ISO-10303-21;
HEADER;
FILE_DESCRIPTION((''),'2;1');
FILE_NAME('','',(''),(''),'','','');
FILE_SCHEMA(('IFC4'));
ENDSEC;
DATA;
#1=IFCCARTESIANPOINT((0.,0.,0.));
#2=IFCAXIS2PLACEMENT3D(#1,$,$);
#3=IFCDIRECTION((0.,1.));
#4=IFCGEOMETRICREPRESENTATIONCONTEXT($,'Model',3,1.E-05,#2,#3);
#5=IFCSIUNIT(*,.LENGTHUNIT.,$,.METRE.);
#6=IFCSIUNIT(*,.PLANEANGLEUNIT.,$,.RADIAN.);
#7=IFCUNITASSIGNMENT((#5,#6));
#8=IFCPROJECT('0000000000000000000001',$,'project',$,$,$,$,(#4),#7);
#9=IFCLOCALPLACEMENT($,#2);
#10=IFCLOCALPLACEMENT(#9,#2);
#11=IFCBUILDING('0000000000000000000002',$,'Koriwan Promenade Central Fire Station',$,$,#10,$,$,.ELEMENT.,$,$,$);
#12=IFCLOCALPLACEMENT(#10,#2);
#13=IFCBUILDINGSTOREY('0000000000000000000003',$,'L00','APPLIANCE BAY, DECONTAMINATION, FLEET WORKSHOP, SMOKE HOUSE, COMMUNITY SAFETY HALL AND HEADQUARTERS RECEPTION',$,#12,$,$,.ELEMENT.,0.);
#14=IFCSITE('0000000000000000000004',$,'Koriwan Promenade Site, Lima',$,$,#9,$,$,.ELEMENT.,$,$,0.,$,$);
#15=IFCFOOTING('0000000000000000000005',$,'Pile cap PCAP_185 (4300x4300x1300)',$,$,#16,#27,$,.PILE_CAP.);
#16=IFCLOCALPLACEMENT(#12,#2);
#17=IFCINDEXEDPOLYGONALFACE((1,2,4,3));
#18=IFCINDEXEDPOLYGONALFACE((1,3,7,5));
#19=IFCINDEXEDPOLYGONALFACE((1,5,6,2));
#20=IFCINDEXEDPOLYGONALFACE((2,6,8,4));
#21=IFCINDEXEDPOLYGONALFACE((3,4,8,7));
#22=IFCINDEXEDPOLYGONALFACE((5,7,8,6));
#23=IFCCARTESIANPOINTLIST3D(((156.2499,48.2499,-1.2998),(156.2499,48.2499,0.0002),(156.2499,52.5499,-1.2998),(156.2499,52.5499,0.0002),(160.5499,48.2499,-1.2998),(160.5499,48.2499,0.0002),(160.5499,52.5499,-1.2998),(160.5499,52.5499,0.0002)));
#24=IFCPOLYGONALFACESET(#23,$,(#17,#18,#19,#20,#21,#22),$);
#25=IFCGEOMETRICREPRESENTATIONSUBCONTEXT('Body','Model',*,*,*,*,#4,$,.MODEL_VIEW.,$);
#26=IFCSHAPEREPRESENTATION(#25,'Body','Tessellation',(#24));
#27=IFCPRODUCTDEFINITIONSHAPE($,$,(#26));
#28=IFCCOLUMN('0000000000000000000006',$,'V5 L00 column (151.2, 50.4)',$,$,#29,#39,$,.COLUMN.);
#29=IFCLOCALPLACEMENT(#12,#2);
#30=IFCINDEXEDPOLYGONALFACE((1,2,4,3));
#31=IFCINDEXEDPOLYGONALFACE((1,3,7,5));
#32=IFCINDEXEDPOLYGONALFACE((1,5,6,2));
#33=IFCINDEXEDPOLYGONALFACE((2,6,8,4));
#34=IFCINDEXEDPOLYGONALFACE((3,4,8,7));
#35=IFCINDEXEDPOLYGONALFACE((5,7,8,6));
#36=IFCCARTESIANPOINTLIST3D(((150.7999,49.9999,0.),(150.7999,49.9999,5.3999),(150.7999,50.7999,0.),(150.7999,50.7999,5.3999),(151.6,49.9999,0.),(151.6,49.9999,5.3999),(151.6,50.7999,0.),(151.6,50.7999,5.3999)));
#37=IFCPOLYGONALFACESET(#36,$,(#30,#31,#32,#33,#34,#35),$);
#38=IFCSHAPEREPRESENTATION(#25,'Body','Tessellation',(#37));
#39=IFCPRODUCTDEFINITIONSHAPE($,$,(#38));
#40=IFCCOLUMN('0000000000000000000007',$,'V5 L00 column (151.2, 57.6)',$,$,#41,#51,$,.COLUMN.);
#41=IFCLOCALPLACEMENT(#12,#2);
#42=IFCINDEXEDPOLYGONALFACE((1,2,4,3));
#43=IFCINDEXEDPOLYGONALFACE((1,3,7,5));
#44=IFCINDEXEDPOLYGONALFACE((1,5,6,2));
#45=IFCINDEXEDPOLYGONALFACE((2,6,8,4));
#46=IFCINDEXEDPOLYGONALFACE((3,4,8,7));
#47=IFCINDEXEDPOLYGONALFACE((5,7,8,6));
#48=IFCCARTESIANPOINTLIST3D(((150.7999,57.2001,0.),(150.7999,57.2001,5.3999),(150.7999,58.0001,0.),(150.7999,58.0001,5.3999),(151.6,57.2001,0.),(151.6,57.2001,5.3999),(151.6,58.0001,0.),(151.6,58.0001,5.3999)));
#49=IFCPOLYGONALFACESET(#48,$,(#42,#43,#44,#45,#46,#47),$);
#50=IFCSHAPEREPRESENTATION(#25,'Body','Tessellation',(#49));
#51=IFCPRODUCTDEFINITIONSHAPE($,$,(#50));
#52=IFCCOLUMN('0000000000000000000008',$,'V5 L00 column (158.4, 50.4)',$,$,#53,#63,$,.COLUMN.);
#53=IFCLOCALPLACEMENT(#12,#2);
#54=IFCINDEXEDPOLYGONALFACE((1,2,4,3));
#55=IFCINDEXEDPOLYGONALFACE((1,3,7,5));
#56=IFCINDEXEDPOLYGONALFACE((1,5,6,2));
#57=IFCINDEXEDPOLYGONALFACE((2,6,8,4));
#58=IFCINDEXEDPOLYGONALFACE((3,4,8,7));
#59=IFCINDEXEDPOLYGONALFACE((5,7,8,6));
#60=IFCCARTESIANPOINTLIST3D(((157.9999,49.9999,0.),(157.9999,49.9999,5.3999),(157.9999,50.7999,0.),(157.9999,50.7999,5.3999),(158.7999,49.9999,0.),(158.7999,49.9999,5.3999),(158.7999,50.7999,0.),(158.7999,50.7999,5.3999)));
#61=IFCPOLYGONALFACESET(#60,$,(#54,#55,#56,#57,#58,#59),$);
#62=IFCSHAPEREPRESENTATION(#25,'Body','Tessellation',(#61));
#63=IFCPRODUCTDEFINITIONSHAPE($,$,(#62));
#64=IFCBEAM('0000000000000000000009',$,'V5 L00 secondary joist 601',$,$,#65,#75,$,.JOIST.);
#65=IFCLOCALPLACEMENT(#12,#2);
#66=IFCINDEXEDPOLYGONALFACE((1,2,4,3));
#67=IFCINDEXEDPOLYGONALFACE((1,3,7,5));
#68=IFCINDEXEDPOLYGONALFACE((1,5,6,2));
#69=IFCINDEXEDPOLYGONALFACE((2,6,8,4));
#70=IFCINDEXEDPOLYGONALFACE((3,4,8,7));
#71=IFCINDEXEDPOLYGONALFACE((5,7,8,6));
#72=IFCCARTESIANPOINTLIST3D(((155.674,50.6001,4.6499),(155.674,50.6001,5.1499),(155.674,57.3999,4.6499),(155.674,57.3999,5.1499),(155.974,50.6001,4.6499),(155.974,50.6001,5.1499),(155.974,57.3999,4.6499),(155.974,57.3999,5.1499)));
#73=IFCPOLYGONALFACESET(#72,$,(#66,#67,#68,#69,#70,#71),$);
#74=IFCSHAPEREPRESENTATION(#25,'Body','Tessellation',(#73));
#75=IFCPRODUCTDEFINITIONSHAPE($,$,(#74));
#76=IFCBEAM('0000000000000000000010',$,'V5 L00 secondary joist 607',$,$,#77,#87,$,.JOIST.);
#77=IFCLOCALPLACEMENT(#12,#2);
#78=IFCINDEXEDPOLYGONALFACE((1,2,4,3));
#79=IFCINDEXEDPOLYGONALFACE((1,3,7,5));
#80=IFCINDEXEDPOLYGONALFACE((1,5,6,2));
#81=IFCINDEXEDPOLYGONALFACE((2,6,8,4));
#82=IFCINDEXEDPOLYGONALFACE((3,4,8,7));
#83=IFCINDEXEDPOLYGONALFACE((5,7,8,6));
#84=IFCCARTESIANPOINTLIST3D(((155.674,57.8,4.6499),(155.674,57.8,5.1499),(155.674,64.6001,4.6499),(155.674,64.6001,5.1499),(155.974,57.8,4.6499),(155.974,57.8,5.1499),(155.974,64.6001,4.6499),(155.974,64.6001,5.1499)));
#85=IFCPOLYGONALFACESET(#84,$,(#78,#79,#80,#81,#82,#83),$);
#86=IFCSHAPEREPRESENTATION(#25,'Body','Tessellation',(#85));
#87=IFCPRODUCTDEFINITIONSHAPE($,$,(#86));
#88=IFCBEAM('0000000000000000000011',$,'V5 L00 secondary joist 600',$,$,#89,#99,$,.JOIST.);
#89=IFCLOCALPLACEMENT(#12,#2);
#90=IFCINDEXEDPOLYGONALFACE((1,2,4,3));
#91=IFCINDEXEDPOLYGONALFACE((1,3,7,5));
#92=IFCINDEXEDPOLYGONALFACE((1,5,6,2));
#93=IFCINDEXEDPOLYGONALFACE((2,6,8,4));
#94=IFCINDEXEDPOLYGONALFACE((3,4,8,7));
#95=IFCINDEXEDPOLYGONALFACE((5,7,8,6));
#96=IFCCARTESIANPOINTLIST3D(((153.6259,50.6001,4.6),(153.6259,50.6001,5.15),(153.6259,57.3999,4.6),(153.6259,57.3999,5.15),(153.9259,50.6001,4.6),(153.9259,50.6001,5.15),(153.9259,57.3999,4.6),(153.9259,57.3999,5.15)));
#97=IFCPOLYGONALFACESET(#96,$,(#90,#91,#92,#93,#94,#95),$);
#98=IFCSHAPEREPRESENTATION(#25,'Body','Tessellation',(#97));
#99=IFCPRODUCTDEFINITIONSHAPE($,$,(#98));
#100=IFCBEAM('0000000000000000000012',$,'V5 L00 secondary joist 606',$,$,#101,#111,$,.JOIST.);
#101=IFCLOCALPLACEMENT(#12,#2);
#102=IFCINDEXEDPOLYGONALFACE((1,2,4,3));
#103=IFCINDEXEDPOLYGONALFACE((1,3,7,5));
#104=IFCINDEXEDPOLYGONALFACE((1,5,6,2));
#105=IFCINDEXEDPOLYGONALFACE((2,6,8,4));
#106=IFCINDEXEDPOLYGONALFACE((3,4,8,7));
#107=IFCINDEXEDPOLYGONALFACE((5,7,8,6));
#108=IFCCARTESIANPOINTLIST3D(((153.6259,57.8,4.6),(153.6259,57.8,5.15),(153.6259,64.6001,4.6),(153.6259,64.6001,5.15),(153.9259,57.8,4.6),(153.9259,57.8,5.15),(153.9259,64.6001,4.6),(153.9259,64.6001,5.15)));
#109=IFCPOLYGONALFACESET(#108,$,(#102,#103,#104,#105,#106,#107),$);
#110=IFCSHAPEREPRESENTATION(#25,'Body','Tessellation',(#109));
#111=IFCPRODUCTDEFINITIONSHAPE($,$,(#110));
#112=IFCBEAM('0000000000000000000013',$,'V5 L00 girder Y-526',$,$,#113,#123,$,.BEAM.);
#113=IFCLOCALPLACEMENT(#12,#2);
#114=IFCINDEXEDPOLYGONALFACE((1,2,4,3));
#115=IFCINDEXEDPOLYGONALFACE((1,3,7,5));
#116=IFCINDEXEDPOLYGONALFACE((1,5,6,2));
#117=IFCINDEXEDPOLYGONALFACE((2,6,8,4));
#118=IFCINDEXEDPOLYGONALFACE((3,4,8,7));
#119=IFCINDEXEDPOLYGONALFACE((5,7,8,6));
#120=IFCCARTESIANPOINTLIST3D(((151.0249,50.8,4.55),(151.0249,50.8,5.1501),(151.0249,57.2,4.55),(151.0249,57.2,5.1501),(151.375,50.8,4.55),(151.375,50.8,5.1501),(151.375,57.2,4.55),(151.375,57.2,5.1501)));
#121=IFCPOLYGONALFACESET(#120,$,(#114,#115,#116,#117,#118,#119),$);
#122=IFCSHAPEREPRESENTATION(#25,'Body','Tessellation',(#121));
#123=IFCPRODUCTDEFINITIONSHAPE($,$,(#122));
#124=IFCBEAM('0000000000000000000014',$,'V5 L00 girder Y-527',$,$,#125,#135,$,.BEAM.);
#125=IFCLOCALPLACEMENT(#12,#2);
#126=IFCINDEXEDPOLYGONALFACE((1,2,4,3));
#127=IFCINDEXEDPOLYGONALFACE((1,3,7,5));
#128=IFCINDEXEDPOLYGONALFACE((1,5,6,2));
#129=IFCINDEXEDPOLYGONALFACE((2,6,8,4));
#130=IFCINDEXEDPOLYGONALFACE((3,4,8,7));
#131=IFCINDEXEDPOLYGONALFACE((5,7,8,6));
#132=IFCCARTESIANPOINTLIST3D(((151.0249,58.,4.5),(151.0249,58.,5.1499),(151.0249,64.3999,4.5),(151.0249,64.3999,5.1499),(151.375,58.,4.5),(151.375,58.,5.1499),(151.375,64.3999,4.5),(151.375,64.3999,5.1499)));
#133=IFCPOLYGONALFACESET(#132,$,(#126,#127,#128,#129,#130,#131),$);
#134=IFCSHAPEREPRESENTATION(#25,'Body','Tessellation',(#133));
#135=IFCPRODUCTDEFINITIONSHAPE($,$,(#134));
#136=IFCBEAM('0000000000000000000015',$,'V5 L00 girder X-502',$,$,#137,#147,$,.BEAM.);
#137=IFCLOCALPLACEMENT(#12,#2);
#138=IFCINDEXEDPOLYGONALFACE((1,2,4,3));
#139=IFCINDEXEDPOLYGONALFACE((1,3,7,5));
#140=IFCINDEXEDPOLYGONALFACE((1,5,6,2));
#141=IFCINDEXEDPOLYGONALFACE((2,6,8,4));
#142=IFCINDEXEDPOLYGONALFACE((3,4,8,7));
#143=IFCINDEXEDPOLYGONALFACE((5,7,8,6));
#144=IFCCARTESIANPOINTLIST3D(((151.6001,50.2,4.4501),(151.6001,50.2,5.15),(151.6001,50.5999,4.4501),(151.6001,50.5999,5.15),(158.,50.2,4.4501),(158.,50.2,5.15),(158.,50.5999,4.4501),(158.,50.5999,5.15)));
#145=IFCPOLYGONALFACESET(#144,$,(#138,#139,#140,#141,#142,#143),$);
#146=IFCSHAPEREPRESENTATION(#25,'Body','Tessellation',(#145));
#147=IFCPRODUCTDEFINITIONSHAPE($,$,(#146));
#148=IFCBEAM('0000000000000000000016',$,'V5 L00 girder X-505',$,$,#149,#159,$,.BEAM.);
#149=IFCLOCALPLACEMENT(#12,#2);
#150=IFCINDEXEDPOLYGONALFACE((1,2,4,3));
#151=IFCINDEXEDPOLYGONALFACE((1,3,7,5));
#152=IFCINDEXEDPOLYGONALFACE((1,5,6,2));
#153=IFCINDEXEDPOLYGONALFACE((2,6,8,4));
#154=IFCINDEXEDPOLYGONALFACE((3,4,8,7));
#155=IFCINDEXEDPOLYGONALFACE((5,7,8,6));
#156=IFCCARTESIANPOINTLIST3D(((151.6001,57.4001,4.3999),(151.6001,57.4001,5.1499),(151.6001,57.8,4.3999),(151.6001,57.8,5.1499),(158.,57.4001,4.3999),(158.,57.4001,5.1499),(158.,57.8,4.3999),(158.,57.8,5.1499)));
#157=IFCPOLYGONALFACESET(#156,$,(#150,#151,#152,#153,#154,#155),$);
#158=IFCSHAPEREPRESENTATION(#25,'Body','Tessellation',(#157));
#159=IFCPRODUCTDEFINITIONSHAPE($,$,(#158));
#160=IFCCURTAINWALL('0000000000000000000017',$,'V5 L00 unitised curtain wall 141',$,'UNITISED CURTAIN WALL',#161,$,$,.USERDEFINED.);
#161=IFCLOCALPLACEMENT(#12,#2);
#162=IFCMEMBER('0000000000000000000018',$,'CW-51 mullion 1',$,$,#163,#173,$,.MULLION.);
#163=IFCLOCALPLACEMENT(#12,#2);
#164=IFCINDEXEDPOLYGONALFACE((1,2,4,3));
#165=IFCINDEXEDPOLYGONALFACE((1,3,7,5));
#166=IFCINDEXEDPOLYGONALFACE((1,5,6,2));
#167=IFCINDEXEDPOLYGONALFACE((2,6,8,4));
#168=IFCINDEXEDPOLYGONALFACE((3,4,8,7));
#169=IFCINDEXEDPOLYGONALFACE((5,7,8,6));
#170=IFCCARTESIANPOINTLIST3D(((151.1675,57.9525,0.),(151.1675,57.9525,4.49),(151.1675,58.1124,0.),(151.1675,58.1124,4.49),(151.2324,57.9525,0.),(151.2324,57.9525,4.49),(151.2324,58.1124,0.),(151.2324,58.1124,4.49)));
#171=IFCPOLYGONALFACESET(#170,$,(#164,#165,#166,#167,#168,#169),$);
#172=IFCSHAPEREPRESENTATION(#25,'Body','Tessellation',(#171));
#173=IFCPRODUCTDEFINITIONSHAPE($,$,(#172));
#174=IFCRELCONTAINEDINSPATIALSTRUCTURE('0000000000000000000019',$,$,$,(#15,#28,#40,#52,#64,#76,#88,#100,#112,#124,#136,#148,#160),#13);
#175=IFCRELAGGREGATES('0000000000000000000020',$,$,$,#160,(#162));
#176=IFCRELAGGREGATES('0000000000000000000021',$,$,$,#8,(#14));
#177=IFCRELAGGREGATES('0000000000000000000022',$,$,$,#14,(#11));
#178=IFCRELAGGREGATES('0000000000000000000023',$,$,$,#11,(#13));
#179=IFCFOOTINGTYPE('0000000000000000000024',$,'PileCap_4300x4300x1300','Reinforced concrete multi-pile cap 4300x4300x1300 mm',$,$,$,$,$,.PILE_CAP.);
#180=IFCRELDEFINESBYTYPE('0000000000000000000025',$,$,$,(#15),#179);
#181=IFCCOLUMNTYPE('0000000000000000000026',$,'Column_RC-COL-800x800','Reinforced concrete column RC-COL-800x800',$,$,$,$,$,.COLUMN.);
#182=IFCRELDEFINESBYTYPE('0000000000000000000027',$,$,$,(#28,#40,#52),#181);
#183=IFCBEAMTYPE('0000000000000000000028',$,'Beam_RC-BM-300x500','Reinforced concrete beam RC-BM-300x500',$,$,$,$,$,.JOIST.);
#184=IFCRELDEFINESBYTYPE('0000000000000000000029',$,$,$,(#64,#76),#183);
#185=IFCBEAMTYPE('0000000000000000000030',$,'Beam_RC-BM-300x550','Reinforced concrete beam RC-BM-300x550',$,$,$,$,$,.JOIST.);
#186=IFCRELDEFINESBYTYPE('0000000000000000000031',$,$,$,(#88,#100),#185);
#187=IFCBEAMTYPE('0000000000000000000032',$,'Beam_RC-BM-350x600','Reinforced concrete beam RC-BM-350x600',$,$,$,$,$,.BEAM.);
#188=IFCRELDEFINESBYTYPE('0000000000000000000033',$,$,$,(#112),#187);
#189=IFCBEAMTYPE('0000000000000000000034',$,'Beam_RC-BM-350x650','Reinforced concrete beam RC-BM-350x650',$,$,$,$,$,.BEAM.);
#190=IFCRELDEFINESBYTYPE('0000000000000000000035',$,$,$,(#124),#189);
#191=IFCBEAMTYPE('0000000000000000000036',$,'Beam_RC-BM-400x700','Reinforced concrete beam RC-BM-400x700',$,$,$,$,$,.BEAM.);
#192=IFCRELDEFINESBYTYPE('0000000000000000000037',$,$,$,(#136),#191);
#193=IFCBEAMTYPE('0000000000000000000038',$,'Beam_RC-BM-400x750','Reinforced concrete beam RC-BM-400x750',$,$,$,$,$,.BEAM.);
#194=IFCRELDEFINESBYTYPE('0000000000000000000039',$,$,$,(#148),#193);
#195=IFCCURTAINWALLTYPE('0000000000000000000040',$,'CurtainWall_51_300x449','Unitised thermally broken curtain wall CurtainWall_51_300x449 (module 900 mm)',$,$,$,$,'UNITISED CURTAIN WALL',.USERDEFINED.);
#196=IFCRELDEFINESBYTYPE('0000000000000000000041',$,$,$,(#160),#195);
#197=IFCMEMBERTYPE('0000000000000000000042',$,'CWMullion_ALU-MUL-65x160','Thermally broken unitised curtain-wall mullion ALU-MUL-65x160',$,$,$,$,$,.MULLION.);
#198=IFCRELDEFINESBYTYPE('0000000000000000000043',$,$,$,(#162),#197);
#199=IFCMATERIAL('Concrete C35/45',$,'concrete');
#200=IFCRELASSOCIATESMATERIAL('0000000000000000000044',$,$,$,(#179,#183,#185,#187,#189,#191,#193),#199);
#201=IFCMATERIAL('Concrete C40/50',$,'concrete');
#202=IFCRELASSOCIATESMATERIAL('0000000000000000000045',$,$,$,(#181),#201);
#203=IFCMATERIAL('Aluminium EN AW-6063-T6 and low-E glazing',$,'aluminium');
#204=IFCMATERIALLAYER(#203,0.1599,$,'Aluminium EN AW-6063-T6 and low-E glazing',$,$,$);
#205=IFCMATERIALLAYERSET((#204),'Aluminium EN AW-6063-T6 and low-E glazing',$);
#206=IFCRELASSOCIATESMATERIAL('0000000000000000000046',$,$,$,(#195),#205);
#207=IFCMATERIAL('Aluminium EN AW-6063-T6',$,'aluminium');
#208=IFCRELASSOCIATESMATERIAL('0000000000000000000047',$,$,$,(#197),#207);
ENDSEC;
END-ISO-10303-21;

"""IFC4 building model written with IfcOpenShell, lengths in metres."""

from ifc_helpers import new_model, si_unit, direction, frame, origin, origin_2d, place, context, subcontext, project, spatial, rectangle, extrude, material, layer, layer_set, material_profile, profile_set, type_object, element, aggregate, save


model = new_model("IFC4")

# Units and contexts
model_context = context("Model", 3, precision=1e-05, world=origin(), true_north=direction((0.0, 1.0)))
body_context = subcontext(model_context, "Body", "Model", "MODEL_VIEW")
ifc_project = project(units=[si_unit("LENGTHUNIT", "METRE"), si_unit("PLANEANGLEUNIT", "RADIAN")], contexts=[model_context])

# Site, building, storey
site_placement = place(None, origin())
site = spatial("IfcSite", under=ifc_project, at=site_placement, Name="Koriwan Promenade Site, Lima", CompositionType="ELEMENT", RefElevation=0.0)
building_placement = place(site_placement, origin())
building = spatial("IfcBuilding", under=site, at=building_placement, Name="Koriwan Promenade Central Fire Station", CompositionType="ELEMENT")
storey_placement = place(building_placement, origin())
storey = spatial("IfcBuildingStorey", under=building, at=storey_placement, Name="L00", Description="APPLIANCE BAY, DECONTAMINATION, FLEET WORKSHOP, SMOKE HOUSE, COMMUNITY SAFETY HALL AND HEADQUARTERS RECEPTION", CompositionType="ELEMENT", Elevation=0.0)

# Shared definitions
ifc_material_1 = material(Name="Concrete C35/45", Category="concrete")

# Footing
footing_type_1 = type_object("IfcFootingType", Name="PileCap_4300x4300x1300", Description="Reinforced concrete multi-pile cap 4300x4300x1300 mm", PredefinedType="PILE_CAP", material=ifc_material_1)
footing_1_placement = place(storey_placement, frame((158.3999, 50.3999, -1.2998), z_axis=(0.0, 0.0, 1.0), x_axis=(1.0, 0.0, 0.0)))
element("IfcFooting", 1, at=footing_1_placement, inside=storey, type_object=footing_type_1, Name="Pile cap PCAP_185 (4300x4300x1300)", PredefinedType="PILE_CAP", context=body_context, shape_type="SweptSolid", body=[
    extrude(rectangle(XDim=4.3, YDim=4.3, at=origin_2d()), origin(), (0.0, 0.0, 1.0), 1.3),
])

# Columns
ifc_material_2 = material(Name="Concrete C40/50", Category="concrete")
ifc_material_profile_1 = material_profile(ifc_material_2, rectangle(XDim=0.8, YDim=0.8, at=origin_2d()), Name="RC-COL-800x800")
ifc_profile_set_1 = profile_set([ifc_material_profile_1], Name="Concrete C40/50")
column_type = type_object("IfcColumnType", Name="Column_RC-COL-800x800", Description="Reinforced concrete column RC-COL-800x800", PredefinedType="COLUMN", material=ifc_profile_set_1)
for number, where, z_axis, x_axis, name in (
    (2, (151.2, 50.3999, 0.0), (0.0, 0.0, 1.0), (1.0, 0.0, 0.0), "V5 L00 column (151.2, 50.4)"),
    (3, (151.2, 57.6001, 0.0), (0.0, 0.0, 1.0), (1.0, 0.0, 0.0), "V5 L00 column (151.2, 57.6)"),
    (4, (158.3999, 50.3999, 0.0), (0.0, 0.0, 1.0), (1.0, 0.0, 0.0), "V5 L00 column (158.4, 50.4)"),
):
    element("IfcColumn", number, at=place(storey_placement, frame(where, z_axis=z_axis, x_axis=x_axis)), inside=storey, type_object=column_type, Name=name, PredefinedType="COLUMN", context=body_context, shape_type="SweptSolid", body=[
        extrude(rectangle(XDim=0.8, YDim=0.8, at=origin_2d()), origin(), (0.0, 0.0, 1.0), 5.3999),
    ])

# Beams
ifc_material_profile_2 = material_profile(ifc_material_1, rectangle(XDim=0.3, YDim=0.5, at=origin_2d()), Name="RC-BM-300x500")
ifc_profile_set_2 = profile_set([ifc_material_profile_2], Name="Concrete C35/45")
beam_type_1 = type_object("IfcBeamType", Name="Beam_RC-BM-300x500", Description="Reinforced concrete beam RC-BM-300x500", PredefinedType="JOIST", material=ifc_profile_set_2)
beam_1_placement = place(storey_placement, frame((155.824, 50.6001, 4.8999), z_axis=(0.0, 1.0, 0.0), x_axis=(-1.0, 0.0, 0.0)))
element("IfcBeam", 5, at=beam_1_placement, inside=storey, type_object=beam_type_1, Name="V5 L00 secondary joist 601", PredefinedType="JOIST", context=body_context, shape_type="SweptSolid", body=[
    extrude(rectangle(XDim=0.3, YDim=0.5, at=origin_2d()), origin(), (0.0, 0.0, 1.0), 6.7998),
])
beam_2_placement = place(storey_placement, frame((155.824, 57.8, 4.8999), z_axis=(0.0, 1.0, 0.0), x_axis=(-1.0, 0.0, 0.0)))
element("IfcBeam", 6, at=beam_2_placement, inside=storey, type_object=beam_type_1, Name="V5 L00 secondary joist 607", PredefinedType="JOIST", context=body_context, shape_type="SweptSolid", body=[
    extrude(rectangle(XDim=0.3, YDim=0.5, at=origin_2d()), origin(), (0.0, 0.0, 1.0), 6.8),
])
ifc_material_profile_3 = material_profile(ifc_material_1, rectangle(XDim=0.3, YDim=0.55, at=origin_2d()), Name="RC-BM-300x550")
ifc_profile_set_3 = profile_set([ifc_material_profile_3], Name="Concrete C35/45")
beam_type_2 = type_object("IfcBeamType", Name="Beam_RC-BM-300x550", Description="Reinforced concrete beam RC-BM-300x550", PredefinedType="JOIST", material=ifc_profile_set_3)
beam_3_placement = place(storey_placement, frame((153.7759, 50.6001, 4.875), z_axis=(0.0, 1.0, 0.0), x_axis=(-1.0, 0.0, 0.0)))
element("IfcBeam", 7, at=beam_3_placement, inside=storey, type_object=beam_type_2, Name="V5 L00 secondary joist 600", PredefinedType="JOIST", context=body_context, shape_type="SweptSolid", body=[
    extrude(rectangle(XDim=0.3, YDim=0.55, at=origin_2d()), origin(), (0.0, 0.0, 1.0), 6.7998),
])
beam_4_placement = place(storey_placement, frame((153.7759, 57.8, 4.875), z_axis=(0.0, 1.0, 0.0), x_axis=(-1.0, 0.0, 0.0)))
element("IfcBeam", 8, at=beam_4_placement, inside=storey, type_object=beam_type_2, Name="V5 L00 secondary joist 606", PredefinedType="JOIST", context=body_context, shape_type="SweptSolid", body=[
    extrude(rectangle(XDim=0.3, YDim=0.55, at=origin_2d()), origin(), (0.0, 0.0, 1.0), 6.8),
])
ifc_material_profile_4 = material_profile(ifc_material_1, rectangle(XDim=0.3501, YDim=0.6001, at=origin_2d()), Name="RC-BM-350x600")
ifc_profile_set_4 = profile_set([ifc_material_profile_4], Name="Concrete C35/45")
beam_type_3 = type_object("IfcBeamType", Name="Beam_RC-BM-350x600", Description="Reinforced concrete beam RC-BM-350x600", PredefinedType="BEAM", material=ifc_profile_set_4)
beam_5_placement = place(storey_placement, frame((151.2, 50.8, 4.8501), z_axis=(0.0, 1.0, 0.0), x_axis=(-1.0, 0.0, 0.0)))
element("IfcBeam", 9, at=beam_5_placement, inside=storey, type_object=beam_type_3, Name="V5 L00 girder Y-526", PredefinedType="BEAM", context=body_context, shape_type="SweptSolid", body=[
    extrude(rectangle(XDim=0.3501, YDim=0.6001, at=origin_2d()), origin(), (0.0, 0.0, 1.0), 6.3999),
])
ifc_material_profile_5 = material_profile(ifc_material_1, rectangle(XDim=0.3501, YDim=0.6499, at=origin_2d()), Name="RC-BM-350x650")
ifc_profile_set_5 = profile_set([ifc_material_profile_5], Name="Concrete C35/45")
beam_type_4 = type_object("IfcBeamType", Name="Beam_RC-BM-350x650", Description="Reinforced concrete beam RC-BM-350x650", PredefinedType="BEAM", material=ifc_profile_set_5)
beam_6_placement = place(storey_placement, frame((151.2, 58.0, 4.825), z_axis=(0.0, 1.0, 0.0), x_axis=(-1.0, 0.0, 0.0)))
element("IfcBeam", 10, at=beam_6_placement, inside=storey, type_object=beam_type_4, Name="V5 L00 girder Y-527", PredefinedType="BEAM", context=body_context, shape_type="SweptSolid", body=[
    extrude(rectangle(XDim=0.3501, YDim=0.6499, at=origin_2d()), origin(), (0.0, 0.0, 1.0), 6.3999),
])
ifc_material_profile_6 = material_profile(ifc_material_1, rectangle(XDim=0.3999, YDim=0.7, at=origin_2d()), Name="RC-BM-400x700")
ifc_profile_set_6 = profile_set([ifc_material_profile_6], Name="Concrete C35/45")
beam_type_5 = type_object("IfcBeamType", Name="Beam_RC-BM-400x700", Description="Reinforced concrete beam RC-BM-400x700", PredefinedType="BEAM", material=ifc_profile_set_6)
beam_7_placement = place(storey_placement, frame((151.6001, 50.3999, 4.8), z_axis=(1.0, 0.0, 0.0), x_axis=(0.0, 1.0, 0.0)))
element("IfcBeam", 11, at=beam_7_placement, inside=storey, type_object=beam_type_5, Name="V5 L00 girder X-502", PredefinedType="BEAM", context=body_context, shape_type="SweptSolid", body=[
    extrude(rectangle(XDim=0.3999, YDim=0.7, at=origin_2d()), origin(), (0.0, 0.0, 1.0), 6.3999),
])
ifc_material_profile_7 = material_profile(ifc_material_1, rectangle(XDim=0.3999, YDim=0.75, at=origin_2d()), Name="RC-BM-400x750")
ifc_profile_set_7 = profile_set([ifc_material_profile_7], Name="Concrete C35/45")
beam_type_6 = type_object("IfcBeamType", Name="Beam_RC-BM-400x750", Description="Reinforced concrete beam RC-BM-400x750", PredefinedType="BEAM", material=ifc_profile_set_7)
beam_8_placement = place(storey_placement, frame((151.6001, 57.6001, 4.7749), z_axis=(1.0, 0.0, 0.0), x_axis=(0.0, 1.0, 0.0)))
element("IfcBeam", 12, at=beam_8_placement, inside=storey, type_object=beam_type_6, Name="V5 L00 girder X-505", PredefinedType="BEAM", context=body_context, shape_type="SweptSolid", body=[
    extrude(rectangle(XDim=0.3999, YDim=0.75, at=origin_2d()), origin(), (0.0, 0.0, 1.0), 6.3999),
])

# Curtain wall, member
ifc_material_3 = material(Name="Aluminium EN AW-6063-T6 and low-E glazing", Category="aluminium")
ifc_layer_1 = layer(ifc_material_3, 0.1599, Name="Aluminium EN AW-6063-T6 and low-E glazing")
ifc_layer_set_1 = layer_set([ifc_layer_1], Name="Aluminium EN AW-6063-T6 and low-E glazing")
curtain_wall_type = type_object("IfcCurtainWallType", Name="CurtainWall_51_300x449", Description="Unitised thermally broken curtain wall CurtainWall_51_300x449 (module 900 mm)", ElementType="UNITISED CURTAIN WALL", PredefinedType="USERDEFINED", material=ifc_layer_set_1)
curtain_wall_placement = place(storey_placement, origin())
curtain_wall = element("IfcCurtainWall", 13, at=curtain_wall_placement, inside=storey, type_object=curtain_wall_type, Name="V5 L00 unitised curtain wall 141", ObjectType="UNITISED CURTAIN WALL", PredefinedType="USERDEFINED")
ifc_material_4 = material(Name="Aluminium EN AW-6063-T6", Category="aluminium")
ifc_material_profile_8 = material_profile(ifc_material_4, rectangle(XDim=0.0649, YDim=0.1599, at=origin_2d()), Name="ALU-MUL-65x160")
ifc_profile_set_8 = profile_set([ifc_material_profile_8], Name="Aluminium EN AW-6063-T6")
member_type_1 = type_object("IfcMemberType", Name="CWMullion_ALU-MUL-65x160", Description="Thermally broken unitised curtain-wall mullion ALU-MUL-65x160", PredefinedType="MULLION", material=ifc_profile_set_8)
member_1_placement = place(storey_placement, frame((151.2, 58.0325, 0.0), z_axis=(0.0, 0.0, 1.0), x_axis=(-1.0, 0.0, 0.0)))
member_1 = element("IfcMember", 14, at=member_1_placement, type_object=member_type_1, Name="CW-51 mullion 1", PredefinedType="MULLION", context=body_context, shape_type="SweptSolid", body=[
    extrude(rectangle(XDim=0.0649, YDim=0.1599, at=origin_2d()), origin(), (0.0, 0.0, 1.0), 4.49),
])
aggregate(curtain_wall, [member_1])

save(model, "model.ifc")
